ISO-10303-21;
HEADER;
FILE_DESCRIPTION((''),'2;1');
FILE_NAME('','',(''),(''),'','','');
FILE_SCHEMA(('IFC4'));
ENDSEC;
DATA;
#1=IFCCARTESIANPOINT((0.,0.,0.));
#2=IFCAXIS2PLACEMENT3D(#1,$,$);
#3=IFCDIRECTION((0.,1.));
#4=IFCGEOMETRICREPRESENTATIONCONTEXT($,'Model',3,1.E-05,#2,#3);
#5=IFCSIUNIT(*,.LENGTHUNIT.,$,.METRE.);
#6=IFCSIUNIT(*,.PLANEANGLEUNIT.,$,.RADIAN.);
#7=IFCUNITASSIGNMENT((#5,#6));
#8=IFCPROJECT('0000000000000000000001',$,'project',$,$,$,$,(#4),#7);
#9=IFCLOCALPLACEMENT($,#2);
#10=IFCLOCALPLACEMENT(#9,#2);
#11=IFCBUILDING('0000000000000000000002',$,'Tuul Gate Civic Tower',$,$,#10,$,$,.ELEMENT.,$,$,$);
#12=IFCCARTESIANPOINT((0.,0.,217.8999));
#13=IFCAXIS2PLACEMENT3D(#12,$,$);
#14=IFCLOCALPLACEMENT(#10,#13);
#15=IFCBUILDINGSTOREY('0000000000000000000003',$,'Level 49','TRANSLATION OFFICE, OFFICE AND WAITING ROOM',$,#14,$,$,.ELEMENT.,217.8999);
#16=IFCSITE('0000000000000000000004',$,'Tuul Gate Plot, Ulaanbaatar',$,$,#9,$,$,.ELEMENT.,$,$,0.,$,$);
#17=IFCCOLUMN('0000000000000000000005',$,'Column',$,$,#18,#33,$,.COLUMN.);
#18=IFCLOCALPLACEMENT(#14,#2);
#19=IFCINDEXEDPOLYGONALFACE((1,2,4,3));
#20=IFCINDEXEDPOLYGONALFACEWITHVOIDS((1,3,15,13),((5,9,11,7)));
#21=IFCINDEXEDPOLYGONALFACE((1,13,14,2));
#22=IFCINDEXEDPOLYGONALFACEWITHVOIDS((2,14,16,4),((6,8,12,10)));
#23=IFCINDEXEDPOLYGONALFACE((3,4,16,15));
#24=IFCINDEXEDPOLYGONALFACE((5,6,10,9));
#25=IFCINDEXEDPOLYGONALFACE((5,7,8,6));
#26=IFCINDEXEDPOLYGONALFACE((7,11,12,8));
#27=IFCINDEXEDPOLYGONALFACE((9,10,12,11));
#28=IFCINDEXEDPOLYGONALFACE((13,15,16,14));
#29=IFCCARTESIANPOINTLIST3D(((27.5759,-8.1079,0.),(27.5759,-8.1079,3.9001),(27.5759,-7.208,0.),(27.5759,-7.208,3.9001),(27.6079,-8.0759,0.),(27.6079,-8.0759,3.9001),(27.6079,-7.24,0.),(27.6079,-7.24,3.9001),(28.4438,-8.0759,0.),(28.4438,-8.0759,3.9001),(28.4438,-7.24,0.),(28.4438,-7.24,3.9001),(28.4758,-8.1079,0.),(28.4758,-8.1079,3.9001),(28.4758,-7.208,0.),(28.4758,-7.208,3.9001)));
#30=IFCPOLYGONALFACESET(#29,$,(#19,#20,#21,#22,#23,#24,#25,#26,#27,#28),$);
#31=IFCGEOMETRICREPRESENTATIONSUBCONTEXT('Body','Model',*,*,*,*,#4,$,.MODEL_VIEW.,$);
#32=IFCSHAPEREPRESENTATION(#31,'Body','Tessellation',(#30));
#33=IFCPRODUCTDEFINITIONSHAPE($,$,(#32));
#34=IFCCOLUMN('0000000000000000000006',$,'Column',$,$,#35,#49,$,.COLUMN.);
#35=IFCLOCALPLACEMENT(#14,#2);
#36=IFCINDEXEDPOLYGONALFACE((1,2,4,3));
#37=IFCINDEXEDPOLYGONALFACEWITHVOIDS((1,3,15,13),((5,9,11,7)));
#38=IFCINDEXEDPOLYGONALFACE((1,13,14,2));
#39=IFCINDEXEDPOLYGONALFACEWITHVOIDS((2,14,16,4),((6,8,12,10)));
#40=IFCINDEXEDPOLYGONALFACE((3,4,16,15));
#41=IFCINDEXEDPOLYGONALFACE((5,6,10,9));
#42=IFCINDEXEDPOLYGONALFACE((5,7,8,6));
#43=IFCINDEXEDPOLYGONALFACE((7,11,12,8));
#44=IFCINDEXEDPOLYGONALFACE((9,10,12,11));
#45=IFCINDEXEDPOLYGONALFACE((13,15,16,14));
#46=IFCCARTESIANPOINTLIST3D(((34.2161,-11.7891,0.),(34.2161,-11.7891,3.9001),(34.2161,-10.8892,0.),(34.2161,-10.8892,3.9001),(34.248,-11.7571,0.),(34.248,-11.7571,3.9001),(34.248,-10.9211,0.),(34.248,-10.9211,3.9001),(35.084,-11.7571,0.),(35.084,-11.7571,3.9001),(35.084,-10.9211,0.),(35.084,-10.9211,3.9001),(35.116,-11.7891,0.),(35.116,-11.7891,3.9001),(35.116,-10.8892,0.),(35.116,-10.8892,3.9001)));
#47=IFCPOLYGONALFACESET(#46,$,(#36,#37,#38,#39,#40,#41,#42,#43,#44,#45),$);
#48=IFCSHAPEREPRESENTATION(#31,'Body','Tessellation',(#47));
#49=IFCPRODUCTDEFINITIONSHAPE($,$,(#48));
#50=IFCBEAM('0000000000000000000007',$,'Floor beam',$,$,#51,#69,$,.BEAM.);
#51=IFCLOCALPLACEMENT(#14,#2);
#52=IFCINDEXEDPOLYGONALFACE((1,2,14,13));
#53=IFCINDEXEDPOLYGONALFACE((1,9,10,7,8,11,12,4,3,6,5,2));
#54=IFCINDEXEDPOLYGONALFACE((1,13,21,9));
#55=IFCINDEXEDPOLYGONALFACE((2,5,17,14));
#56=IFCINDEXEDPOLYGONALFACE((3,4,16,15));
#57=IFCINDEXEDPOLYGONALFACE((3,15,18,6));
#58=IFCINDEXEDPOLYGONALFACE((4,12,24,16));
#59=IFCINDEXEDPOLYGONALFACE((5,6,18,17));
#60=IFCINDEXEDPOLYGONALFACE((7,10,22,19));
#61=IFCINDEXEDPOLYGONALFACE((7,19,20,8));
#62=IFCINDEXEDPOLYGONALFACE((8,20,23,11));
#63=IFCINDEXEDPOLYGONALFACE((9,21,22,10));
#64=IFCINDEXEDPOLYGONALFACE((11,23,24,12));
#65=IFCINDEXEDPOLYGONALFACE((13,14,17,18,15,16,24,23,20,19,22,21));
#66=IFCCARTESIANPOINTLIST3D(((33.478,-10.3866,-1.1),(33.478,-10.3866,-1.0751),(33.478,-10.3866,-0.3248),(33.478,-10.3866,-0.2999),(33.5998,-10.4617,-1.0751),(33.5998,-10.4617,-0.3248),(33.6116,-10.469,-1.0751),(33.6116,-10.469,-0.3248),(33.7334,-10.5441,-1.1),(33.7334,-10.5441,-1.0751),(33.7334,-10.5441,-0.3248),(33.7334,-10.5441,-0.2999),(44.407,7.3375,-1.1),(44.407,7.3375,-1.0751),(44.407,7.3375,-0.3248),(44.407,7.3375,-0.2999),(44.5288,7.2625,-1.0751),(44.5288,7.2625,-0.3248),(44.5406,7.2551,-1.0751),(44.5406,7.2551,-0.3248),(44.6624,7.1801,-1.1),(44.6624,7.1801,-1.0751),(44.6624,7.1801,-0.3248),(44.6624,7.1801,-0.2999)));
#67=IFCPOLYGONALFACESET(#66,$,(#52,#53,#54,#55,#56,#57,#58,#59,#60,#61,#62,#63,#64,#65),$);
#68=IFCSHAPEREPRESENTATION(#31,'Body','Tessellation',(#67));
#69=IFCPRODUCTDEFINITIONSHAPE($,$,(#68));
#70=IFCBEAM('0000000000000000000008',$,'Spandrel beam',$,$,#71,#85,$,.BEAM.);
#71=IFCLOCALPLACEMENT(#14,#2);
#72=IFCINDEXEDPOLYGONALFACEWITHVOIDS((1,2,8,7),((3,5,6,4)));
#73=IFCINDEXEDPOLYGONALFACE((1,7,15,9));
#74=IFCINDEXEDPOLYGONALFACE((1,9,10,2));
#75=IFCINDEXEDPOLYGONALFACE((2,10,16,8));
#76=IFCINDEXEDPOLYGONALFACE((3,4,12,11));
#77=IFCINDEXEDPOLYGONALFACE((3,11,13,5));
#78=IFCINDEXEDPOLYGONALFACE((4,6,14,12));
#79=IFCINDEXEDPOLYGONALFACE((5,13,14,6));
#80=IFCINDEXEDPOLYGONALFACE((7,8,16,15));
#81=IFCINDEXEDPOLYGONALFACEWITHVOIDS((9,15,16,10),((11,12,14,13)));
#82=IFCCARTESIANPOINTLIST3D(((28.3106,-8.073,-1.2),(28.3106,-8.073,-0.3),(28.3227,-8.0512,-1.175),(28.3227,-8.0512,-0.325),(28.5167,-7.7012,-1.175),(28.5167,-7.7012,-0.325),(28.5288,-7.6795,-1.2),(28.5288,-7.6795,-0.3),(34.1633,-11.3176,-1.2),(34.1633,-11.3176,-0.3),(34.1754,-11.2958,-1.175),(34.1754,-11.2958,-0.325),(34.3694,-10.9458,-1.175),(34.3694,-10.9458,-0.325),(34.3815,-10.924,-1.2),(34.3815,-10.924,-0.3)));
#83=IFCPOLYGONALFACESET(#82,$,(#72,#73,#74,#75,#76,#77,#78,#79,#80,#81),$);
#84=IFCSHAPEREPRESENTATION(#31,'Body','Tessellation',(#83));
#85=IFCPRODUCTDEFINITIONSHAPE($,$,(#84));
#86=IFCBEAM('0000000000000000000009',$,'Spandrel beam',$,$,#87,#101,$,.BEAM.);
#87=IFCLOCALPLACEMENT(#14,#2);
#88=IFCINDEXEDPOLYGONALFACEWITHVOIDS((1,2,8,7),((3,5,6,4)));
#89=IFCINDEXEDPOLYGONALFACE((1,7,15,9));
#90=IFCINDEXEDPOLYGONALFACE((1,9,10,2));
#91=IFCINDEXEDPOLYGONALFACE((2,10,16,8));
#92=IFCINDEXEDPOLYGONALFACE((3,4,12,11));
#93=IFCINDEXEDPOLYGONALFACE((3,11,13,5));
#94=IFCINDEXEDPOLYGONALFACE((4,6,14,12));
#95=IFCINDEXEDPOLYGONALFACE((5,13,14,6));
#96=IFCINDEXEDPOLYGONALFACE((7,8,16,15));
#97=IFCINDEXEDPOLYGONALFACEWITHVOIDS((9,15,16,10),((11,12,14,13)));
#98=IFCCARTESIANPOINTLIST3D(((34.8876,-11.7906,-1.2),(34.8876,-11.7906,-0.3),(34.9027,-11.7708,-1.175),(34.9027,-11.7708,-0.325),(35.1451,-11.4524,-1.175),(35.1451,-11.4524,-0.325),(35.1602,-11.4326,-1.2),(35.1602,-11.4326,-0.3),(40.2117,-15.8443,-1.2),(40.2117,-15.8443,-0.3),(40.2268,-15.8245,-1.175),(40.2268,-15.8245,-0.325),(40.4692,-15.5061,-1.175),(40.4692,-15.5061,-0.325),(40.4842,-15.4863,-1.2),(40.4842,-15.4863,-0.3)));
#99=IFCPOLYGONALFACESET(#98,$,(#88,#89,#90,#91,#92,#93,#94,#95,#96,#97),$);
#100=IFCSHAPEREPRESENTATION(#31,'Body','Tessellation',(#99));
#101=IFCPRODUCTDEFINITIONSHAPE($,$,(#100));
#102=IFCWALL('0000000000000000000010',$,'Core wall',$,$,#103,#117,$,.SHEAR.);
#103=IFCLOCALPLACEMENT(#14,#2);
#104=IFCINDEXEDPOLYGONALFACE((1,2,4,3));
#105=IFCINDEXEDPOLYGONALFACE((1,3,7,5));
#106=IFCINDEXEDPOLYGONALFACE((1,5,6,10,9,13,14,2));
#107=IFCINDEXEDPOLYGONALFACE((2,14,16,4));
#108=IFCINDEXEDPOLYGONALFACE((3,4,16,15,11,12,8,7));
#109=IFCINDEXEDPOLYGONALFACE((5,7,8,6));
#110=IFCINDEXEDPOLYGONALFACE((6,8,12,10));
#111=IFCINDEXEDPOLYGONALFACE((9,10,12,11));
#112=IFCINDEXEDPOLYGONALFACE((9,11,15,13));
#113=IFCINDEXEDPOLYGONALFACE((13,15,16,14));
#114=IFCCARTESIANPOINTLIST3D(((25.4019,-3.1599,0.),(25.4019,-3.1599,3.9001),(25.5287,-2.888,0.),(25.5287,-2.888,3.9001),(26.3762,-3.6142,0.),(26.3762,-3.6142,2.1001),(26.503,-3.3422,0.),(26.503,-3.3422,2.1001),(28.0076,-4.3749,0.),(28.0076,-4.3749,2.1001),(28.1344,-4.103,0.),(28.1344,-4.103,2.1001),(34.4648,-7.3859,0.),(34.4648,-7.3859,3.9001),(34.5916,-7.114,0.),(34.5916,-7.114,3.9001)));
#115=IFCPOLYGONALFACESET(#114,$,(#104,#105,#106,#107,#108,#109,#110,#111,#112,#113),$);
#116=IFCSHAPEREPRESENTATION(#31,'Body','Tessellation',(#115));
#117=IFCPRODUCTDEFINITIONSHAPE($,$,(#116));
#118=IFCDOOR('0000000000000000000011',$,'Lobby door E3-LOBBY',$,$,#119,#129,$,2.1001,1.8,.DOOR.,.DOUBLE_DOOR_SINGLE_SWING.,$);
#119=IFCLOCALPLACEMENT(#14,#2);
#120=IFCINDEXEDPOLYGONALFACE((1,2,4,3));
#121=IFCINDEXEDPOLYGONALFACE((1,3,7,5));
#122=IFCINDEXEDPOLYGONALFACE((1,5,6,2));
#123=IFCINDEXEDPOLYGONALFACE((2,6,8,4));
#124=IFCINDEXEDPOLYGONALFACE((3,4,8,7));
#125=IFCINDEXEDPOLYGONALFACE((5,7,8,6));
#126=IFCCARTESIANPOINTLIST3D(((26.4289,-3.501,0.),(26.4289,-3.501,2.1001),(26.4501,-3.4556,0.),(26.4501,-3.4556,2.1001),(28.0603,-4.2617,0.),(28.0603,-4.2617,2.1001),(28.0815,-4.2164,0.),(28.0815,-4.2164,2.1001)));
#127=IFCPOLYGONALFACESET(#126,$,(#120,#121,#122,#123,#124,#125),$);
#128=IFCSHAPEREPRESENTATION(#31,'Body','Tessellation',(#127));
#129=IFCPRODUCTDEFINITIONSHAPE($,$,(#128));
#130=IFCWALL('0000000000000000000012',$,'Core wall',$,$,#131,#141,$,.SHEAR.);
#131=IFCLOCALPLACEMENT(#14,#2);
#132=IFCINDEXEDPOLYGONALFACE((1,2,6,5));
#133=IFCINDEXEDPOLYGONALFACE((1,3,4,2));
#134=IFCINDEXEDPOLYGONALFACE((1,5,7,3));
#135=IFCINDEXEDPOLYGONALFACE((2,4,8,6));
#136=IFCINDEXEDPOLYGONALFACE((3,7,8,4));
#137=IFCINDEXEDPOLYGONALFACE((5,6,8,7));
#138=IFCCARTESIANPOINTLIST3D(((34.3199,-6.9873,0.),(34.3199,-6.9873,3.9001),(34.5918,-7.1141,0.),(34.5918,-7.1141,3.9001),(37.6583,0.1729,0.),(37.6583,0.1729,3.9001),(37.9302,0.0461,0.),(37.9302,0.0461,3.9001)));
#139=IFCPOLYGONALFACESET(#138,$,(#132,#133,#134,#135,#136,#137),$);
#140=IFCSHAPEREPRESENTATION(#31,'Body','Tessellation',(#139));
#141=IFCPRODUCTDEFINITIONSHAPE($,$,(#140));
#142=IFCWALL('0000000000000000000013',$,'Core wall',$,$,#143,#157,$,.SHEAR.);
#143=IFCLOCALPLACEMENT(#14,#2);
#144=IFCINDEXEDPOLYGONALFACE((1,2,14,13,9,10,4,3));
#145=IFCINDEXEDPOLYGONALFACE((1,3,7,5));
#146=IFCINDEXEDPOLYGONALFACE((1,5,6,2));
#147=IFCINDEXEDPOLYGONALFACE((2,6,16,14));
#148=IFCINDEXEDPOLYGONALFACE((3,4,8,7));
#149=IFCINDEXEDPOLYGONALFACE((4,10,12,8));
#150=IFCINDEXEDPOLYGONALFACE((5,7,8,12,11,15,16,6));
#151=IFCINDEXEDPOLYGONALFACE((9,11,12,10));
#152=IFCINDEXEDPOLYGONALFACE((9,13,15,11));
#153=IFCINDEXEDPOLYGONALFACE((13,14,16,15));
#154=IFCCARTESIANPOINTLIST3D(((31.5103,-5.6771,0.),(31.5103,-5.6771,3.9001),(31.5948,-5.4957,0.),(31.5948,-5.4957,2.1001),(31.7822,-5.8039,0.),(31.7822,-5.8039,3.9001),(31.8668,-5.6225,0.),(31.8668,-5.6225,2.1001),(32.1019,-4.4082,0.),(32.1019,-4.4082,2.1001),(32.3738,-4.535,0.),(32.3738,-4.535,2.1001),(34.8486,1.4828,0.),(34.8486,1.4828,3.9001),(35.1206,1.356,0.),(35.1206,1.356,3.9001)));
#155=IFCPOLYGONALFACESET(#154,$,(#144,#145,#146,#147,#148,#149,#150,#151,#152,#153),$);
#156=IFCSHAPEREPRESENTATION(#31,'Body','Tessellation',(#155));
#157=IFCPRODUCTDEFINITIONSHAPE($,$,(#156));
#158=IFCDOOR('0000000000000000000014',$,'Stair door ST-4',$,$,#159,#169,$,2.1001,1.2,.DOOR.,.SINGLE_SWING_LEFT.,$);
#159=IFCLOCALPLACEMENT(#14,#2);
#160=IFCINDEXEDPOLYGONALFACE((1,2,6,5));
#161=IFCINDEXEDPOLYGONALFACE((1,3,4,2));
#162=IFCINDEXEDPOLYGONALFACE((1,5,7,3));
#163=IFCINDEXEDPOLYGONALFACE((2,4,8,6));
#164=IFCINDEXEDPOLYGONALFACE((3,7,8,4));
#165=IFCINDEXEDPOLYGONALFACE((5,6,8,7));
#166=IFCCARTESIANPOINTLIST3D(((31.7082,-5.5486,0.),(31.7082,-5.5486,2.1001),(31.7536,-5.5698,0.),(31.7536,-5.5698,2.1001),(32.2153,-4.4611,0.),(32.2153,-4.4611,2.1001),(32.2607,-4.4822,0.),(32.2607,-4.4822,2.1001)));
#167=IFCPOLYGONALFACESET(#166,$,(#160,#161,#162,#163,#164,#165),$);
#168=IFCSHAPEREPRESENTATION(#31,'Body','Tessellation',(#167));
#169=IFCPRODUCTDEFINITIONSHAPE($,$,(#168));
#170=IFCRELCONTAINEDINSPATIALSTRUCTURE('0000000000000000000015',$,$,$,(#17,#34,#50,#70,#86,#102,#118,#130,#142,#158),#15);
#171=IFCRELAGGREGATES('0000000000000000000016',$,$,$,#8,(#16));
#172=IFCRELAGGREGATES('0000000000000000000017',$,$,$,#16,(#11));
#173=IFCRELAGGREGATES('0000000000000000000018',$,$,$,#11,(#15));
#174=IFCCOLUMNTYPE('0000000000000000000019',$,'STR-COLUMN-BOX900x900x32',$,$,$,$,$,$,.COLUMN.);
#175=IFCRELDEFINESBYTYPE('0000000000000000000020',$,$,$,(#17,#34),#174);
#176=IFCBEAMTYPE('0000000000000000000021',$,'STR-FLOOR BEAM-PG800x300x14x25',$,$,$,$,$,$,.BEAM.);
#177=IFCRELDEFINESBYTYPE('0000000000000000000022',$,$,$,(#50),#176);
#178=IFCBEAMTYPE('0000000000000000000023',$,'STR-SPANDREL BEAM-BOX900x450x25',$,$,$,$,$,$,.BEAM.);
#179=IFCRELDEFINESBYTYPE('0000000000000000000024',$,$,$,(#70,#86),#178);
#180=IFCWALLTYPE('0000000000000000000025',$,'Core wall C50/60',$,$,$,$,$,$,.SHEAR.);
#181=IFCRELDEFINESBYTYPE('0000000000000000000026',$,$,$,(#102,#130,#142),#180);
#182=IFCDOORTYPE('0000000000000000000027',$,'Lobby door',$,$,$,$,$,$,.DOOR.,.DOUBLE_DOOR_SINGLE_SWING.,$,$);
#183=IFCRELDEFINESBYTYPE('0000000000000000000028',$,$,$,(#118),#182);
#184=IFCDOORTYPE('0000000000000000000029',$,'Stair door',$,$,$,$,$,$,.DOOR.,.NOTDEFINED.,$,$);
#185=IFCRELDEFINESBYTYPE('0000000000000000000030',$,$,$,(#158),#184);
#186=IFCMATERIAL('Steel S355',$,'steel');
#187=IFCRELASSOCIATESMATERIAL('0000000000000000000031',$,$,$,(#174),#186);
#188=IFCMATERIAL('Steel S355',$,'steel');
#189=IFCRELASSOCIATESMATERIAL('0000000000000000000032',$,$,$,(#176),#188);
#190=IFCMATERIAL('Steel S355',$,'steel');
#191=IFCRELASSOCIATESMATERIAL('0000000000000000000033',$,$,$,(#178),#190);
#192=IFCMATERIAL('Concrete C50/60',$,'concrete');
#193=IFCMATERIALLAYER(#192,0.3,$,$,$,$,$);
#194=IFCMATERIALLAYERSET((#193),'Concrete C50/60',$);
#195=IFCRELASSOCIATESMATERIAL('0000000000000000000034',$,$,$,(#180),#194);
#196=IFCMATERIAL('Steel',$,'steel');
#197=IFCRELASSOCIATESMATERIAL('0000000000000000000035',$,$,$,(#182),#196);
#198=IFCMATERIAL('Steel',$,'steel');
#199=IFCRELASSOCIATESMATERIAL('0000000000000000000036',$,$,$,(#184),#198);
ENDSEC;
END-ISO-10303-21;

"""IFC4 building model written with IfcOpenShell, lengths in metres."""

from ifc_helpers import new_model, si_unit, direction, frame, frame_2d, origin, origin_2d, place, context, subcontext, project, spatial, rectangle, hollow_rectangle, i_section, extrude, material, layer, layer_set, material_profile, profile_set, type_object, element, fill, save


model = new_model("IFC4")

# Units and contexts
model_context = context("Model", 3, precision=1e-05, world=origin(), true_north=direction((0.0, 1.0)))
body_context = subcontext(model_context, "Body", "Model", "MODEL_VIEW")
ifc_project = project(units=[si_unit("LENGTHUNIT", "METRE"), si_unit("PLANEANGLEUNIT", "RADIAN")], contexts=[model_context])

# Site, building, storey
site_placement = place(None, origin())
site = spatial("IfcSite", under=ifc_project, at=site_placement, Name="Tuul Gate Plot, Ulaanbaatar", CompositionType="ELEMENT", RefElevation=0.0)
building_placement = place(site_placement, origin())
building = spatial("IfcBuilding", under=site, at=building_placement, Name="Tuul Gate Civic Tower", CompositionType="ELEMENT")
storey_placement = place(building_placement, frame((0.0, 0.0, 217.8999)))
storey = spatial("IfcBuildingStorey", under=building, at=storey_placement, Name="Level 49", Description="TRANSLATION OFFICE, OFFICE AND WAITING ROOM", CompositionType="ELEMENT", Elevation=217.8999)

# Columns
ifc_material_1 = material(Name="Steel S355", Category="steel")
ifc_material_profile_1 = material_profile(ifc_material_1, hollow_rectangle(XDim=0.8999, YDim=0.8999, WallThickness=0.032, at=origin_2d()), Name="BOX900x900x32")
ifc_profile_set_1 = profile_set([ifc_material_profile_1], Name="Steel S355")
column_type = type_object("IfcColumnType", Name="STR-COLUMN-BOX900x900x32", PredefinedType="COLUMN", material=ifc_profile_set_1)
for number, where, z_axis, x_axis, name in (
    (1, (28.0259, -7.658, 0.0), (0.0, 0.0, 1.0), (1.0, 0.0, 0.0), "Column"),
    (2, (34.666, -11.3391, 0.0), (0.0, 0.0, 1.0), (1.0, 0.0, 0.0), "Column"),
):
    element("IfcColumn", number, at=place(storey_placement, frame(where, z_axis=z_axis, x_axis=x_axis)), inside=storey, type_object=column_type, Name=name, PredefinedType="COLUMN", context=body_context, shape_type="SweptSolid", body=[
        extrude(hollow_rectangle(XDim=0.8999, YDim=0.8999, WallThickness=0.032, at=origin_2d()), origin(), (0.0, 0.0, 1.0), 3.9001),
    ])

# Beams
ifc_material_2 = material(Name="Steel S355", Category="steel")
ifc_material_profile_2 = material_profile(ifc_material_2, i_section(OverallWidth=0.3, OverallDepth=0.8, WebThickness=0.0139, FlangeThickness=0.0249, at=origin_2d()), Name="PG800x300x14x25")
ifc_profile_set_2 = profile_set([ifc_material_profile_2], Name="Steel S355")
beam_type_1 = type_object("IfcBeamType", Name="STR-FLOOR BEAM-PG800x300x14x25", PredefinedType="BEAM", material=ifc_profile_set_2)
beam_1_placement = place(storey_placement, frame((33.6057, -10.4653, -0.7), z_axis=(0.524857, 0.851191, 0.0), x_axis=(-0.851191, 0.524857, 0.0)))
element("IfcBeam", 3, at=beam_1_placement, inside=storey, type_object=beam_type_1, Name="Floor beam", PredefinedType="BEAM", context=body_context, shape_type="SweptSolid", body=[
    extrude(i_section(OverallWidth=0.3, OverallDepth=0.8, WebThickness=0.0139, FlangeThickness=0.0249, at=origin_2d()), origin(), (0.0, 0.0, 1.0), 20.8228),
])
ifc_material_3 = material(Name="Steel S355", Category="steel")
ifc_material_profile_3 = material_profile(ifc_material_3, hollow_rectangle(XDim=0.45, YDim=0.8999, WallThickness=0.0249, at=origin_2d()), Name="BOX900x450x25")
ifc_profile_set_3 = profile_set([ifc_material_profile_3], Name="Steel S355")
beam_type_2 = type_object("IfcBeamType", Name="STR-SPANDREL BEAM-BOX900x450x25", PredefinedType="BEAM", material=ifc_profile_set_3)
beam_2_placement = place(storey_placement, frame((28.4197, -7.8762, -0.75), z_axis=(0.874596, -0.484853, 0.0), x_axis=(0.484853, 0.874596, 0.0)))
element("IfcBeam", 4, at=beam_2_placement, inside=storey, type_object=beam_type_2, Name="Spandrel beam", PredefinedType="BEAM", context=body_context, shape_type="SweptSolid", body=[
    extrude(hollow_rectangle(XDim=0.45, YDim=0.8999, WallThickness=0.0249, at=origin_2d()), origin(), (0.0, 0.0, 1.0), 6.6919),
])
beam_3_placement = place(storey_placement, frame((35.0239, -11.6116, -0.75), z_axis=(0.795623, -0.605793, 0.0), x_axis=(0.605793, 0.795623, 0.0)))
element("IfcBeam", 5, at=beam_3_placement, inside=storey, type_object=beam_type_2, Name="Spandrel beam", PredefinedType="BEAM", context=body_context, shape_type="SweptSolid", body=[
    extrude(hollow_rectangle(XDim=0.45, YDim=0.8999, WallThickness=0.0249, at=origin_2d()), origin(), (0.0, 0.0, 1.0), 6.6917),
])

# Wall, opening, door
ifc_material_4 = material(Name="Concrete C50/60", Category="concrete")
ifc_layer_1 = layer(ifc_material_4, 0.3)
ifc_layer_set_1 = layer_set([ifc_layer_1], Name="Concrete C50/60")
wall_type_1 = type_object("IfcWallType", Name="Core wall C50/60", PredefinedType="SHEAR", material=ifc_layer_set_1)
wall_1_placement = place(storey_placement, frame((34.5283, -7.25, 0.0), z_axis=(0.0, 0.0, 1.0), x_axis=(-0.90631, 0.422613, 0.0)))
wall_1 = element("IfcWall", 6, at=wall_1_placement, inside=storey, type_object=wall_type_1, Name="Core wall", PredefinedType="SHEAR", context=body_context, shape_type="SweptSolid", body=[
    extrude(rectangle(XDim=9.9998, YDim=0.3, at=frame_2d((5.0, 0.0))), origin(), (0.0, 0.0, 1.0), 3.9001),
])
opening_1_placement = place(wall_1_placement, frame((7.125, 0.0, 0.0)))
opening_1 = element("IfcOpeningElement", 7, at=opening_1_placement, cuts=wall_1, PredefinedType="OPENING", context=body_context, shape_type="SweptSolid", body=[
    extrude(rectangle(XDim=1.8, YDim=2.1001, at=frame_2d((0.8999, 1.05))), frame((0.0, 0.1602, 0.0), z_axis=(0.0, -1.0, 0.0), x_axis=(1.0, 0.0, 0.0)), (0.0, 0.0, 1.0), 0.3201),
])
ifc_material_5 = material(Name="Steel", Category="steel")
door_type_1 = type_object("IfcDoorType", Name="Lobby door", OperationType="DOUBLE_DOOR_SINGLE_SWING", PredefinedType="DOOR", material=ifc_material_5)
door_1_placement = place(opening_1_placement, frame((1.8, 0.0, 0.0), z_axis=(0.0, 0.0, 1.0), x_axis=(-1.0, 0.0, 0.0)))
door_1 = element("IfcDoor", 8, at=door_1_placement, inside=storey, type_object=door_type_1, Name="Lobby door E3-LOBBY", OperationType="DOUBLE_DOOR_SINGLE_SWING", OverallHeight=2.1001, OverallWidth=1.8, PredefinedType="DOOR", context=body_context, shape_type="SweptSolid", body=[
    extrude(rectangle(XDim=1.8, YDim=2.1001, at=frame_2d((0.9001, 1.05))), frame((0.0, 0.0249, 0.0), z_axis=(0.0, -1.0, 0.0), x_axis=(1.0, 0.0, 0.0)), (0.0, 0.0, 1.0), 0.05),
])
fill(opening_1, door_1)

# Wall
wall_2_placement = place(storey_placement, frame((34.4558, -7.0508, 0.0), z_axis=(0.0, 0.0, 1.0), x_axis=(0.422571, 0.90633, 0.0)))
element("IfcWall", 9, at=wall_2_placement, inside=storey, type_object=wall_type_1, Name="Core wall", PredefinedType="SHEAR", context=body_context, shape_type="SweptSolid", body=[
    extrude(rectangle(XDim=7.9001, YDim=0.3, at=frame_2d((3.9502, 0.0))), origin(), (0.0, 0.0, 1.0), 3.9001),
])

# Wall, opening, door
wall_3_placement = place(storey_placement, frame((31.6462, -5.7405, 0.0), z_axis=(0.0, 0.0, 1.0), x_axis=(0.422583, 0.906324, 0.0)))
wall_3 = element("IfcWall", 10, at=wall_3_placement, inside=storey, type_object=wall_type_1, Name="Core wall", PredefinedType="SHEAR", context=body_context, shape_type="SweptSolid", body=[
    extrude(rectangle(XDim=7.8999, YDim=0.3, at=frame_2d((3.95, 0.0))), origin(), (0.0, 0.0, 1.0), 3.9001),
])
opening_2_placement = place(wall_3_placement, frame((0.2, 0.0, 0.0)))
opening_2 = element("IfcOpeningElement", 11, at=opening_2_placement, cuts=wall_3, PredefinedType="OPENING", context=body_context, shape_type="SweptSolid", body=[
    extrude(rectangle(XDim=1.2, YDim=2.1001, at=frame_2d((0.6001, 1.05))), frame((0.0, 0.1602, 0.0), z_axis=(0.0, -1.0, 0.0), x_axis=(1.0, 0.0, 0.0)), (0.0, 0.0, 1.0), 0.3201),
])
ifc_material_6 = material(Name="Steel", Category="steel")
door_type_2 = type_object("IfcDoorType", Name="Stair door", OperationType="NOTDEFINED", PredefinedType="DOOR", material=ifc_material_6)
door_2_placement = place(opening_2_placement, origin())
door_2 = element("IfcDoor", 12, at=door_2_placement, inside=storey, type_object=door_type_2, Name="Stair door ST-4", OperationType="SINGLE_SWING_LEFT", OverallHeight=2.1001, OverallWidth=1.2, PredefinedType="DOOR", context=body_context, shape_type="SweptSolid", body=[
    extrude(rectangle(XDim=1.2, YDim=2.1001, at=frame_2d((0.6001, 1.05))), frame((0.0, 0.0249, 0.0), z_axis=(0.0, -1.0, 0.0), x_axis=(1.0, 0.0, 0.0)), (0.0, 0.0, 1.0), 0.05),
])
fill(opening_2, door_2)

save(model, "model.ifc")
